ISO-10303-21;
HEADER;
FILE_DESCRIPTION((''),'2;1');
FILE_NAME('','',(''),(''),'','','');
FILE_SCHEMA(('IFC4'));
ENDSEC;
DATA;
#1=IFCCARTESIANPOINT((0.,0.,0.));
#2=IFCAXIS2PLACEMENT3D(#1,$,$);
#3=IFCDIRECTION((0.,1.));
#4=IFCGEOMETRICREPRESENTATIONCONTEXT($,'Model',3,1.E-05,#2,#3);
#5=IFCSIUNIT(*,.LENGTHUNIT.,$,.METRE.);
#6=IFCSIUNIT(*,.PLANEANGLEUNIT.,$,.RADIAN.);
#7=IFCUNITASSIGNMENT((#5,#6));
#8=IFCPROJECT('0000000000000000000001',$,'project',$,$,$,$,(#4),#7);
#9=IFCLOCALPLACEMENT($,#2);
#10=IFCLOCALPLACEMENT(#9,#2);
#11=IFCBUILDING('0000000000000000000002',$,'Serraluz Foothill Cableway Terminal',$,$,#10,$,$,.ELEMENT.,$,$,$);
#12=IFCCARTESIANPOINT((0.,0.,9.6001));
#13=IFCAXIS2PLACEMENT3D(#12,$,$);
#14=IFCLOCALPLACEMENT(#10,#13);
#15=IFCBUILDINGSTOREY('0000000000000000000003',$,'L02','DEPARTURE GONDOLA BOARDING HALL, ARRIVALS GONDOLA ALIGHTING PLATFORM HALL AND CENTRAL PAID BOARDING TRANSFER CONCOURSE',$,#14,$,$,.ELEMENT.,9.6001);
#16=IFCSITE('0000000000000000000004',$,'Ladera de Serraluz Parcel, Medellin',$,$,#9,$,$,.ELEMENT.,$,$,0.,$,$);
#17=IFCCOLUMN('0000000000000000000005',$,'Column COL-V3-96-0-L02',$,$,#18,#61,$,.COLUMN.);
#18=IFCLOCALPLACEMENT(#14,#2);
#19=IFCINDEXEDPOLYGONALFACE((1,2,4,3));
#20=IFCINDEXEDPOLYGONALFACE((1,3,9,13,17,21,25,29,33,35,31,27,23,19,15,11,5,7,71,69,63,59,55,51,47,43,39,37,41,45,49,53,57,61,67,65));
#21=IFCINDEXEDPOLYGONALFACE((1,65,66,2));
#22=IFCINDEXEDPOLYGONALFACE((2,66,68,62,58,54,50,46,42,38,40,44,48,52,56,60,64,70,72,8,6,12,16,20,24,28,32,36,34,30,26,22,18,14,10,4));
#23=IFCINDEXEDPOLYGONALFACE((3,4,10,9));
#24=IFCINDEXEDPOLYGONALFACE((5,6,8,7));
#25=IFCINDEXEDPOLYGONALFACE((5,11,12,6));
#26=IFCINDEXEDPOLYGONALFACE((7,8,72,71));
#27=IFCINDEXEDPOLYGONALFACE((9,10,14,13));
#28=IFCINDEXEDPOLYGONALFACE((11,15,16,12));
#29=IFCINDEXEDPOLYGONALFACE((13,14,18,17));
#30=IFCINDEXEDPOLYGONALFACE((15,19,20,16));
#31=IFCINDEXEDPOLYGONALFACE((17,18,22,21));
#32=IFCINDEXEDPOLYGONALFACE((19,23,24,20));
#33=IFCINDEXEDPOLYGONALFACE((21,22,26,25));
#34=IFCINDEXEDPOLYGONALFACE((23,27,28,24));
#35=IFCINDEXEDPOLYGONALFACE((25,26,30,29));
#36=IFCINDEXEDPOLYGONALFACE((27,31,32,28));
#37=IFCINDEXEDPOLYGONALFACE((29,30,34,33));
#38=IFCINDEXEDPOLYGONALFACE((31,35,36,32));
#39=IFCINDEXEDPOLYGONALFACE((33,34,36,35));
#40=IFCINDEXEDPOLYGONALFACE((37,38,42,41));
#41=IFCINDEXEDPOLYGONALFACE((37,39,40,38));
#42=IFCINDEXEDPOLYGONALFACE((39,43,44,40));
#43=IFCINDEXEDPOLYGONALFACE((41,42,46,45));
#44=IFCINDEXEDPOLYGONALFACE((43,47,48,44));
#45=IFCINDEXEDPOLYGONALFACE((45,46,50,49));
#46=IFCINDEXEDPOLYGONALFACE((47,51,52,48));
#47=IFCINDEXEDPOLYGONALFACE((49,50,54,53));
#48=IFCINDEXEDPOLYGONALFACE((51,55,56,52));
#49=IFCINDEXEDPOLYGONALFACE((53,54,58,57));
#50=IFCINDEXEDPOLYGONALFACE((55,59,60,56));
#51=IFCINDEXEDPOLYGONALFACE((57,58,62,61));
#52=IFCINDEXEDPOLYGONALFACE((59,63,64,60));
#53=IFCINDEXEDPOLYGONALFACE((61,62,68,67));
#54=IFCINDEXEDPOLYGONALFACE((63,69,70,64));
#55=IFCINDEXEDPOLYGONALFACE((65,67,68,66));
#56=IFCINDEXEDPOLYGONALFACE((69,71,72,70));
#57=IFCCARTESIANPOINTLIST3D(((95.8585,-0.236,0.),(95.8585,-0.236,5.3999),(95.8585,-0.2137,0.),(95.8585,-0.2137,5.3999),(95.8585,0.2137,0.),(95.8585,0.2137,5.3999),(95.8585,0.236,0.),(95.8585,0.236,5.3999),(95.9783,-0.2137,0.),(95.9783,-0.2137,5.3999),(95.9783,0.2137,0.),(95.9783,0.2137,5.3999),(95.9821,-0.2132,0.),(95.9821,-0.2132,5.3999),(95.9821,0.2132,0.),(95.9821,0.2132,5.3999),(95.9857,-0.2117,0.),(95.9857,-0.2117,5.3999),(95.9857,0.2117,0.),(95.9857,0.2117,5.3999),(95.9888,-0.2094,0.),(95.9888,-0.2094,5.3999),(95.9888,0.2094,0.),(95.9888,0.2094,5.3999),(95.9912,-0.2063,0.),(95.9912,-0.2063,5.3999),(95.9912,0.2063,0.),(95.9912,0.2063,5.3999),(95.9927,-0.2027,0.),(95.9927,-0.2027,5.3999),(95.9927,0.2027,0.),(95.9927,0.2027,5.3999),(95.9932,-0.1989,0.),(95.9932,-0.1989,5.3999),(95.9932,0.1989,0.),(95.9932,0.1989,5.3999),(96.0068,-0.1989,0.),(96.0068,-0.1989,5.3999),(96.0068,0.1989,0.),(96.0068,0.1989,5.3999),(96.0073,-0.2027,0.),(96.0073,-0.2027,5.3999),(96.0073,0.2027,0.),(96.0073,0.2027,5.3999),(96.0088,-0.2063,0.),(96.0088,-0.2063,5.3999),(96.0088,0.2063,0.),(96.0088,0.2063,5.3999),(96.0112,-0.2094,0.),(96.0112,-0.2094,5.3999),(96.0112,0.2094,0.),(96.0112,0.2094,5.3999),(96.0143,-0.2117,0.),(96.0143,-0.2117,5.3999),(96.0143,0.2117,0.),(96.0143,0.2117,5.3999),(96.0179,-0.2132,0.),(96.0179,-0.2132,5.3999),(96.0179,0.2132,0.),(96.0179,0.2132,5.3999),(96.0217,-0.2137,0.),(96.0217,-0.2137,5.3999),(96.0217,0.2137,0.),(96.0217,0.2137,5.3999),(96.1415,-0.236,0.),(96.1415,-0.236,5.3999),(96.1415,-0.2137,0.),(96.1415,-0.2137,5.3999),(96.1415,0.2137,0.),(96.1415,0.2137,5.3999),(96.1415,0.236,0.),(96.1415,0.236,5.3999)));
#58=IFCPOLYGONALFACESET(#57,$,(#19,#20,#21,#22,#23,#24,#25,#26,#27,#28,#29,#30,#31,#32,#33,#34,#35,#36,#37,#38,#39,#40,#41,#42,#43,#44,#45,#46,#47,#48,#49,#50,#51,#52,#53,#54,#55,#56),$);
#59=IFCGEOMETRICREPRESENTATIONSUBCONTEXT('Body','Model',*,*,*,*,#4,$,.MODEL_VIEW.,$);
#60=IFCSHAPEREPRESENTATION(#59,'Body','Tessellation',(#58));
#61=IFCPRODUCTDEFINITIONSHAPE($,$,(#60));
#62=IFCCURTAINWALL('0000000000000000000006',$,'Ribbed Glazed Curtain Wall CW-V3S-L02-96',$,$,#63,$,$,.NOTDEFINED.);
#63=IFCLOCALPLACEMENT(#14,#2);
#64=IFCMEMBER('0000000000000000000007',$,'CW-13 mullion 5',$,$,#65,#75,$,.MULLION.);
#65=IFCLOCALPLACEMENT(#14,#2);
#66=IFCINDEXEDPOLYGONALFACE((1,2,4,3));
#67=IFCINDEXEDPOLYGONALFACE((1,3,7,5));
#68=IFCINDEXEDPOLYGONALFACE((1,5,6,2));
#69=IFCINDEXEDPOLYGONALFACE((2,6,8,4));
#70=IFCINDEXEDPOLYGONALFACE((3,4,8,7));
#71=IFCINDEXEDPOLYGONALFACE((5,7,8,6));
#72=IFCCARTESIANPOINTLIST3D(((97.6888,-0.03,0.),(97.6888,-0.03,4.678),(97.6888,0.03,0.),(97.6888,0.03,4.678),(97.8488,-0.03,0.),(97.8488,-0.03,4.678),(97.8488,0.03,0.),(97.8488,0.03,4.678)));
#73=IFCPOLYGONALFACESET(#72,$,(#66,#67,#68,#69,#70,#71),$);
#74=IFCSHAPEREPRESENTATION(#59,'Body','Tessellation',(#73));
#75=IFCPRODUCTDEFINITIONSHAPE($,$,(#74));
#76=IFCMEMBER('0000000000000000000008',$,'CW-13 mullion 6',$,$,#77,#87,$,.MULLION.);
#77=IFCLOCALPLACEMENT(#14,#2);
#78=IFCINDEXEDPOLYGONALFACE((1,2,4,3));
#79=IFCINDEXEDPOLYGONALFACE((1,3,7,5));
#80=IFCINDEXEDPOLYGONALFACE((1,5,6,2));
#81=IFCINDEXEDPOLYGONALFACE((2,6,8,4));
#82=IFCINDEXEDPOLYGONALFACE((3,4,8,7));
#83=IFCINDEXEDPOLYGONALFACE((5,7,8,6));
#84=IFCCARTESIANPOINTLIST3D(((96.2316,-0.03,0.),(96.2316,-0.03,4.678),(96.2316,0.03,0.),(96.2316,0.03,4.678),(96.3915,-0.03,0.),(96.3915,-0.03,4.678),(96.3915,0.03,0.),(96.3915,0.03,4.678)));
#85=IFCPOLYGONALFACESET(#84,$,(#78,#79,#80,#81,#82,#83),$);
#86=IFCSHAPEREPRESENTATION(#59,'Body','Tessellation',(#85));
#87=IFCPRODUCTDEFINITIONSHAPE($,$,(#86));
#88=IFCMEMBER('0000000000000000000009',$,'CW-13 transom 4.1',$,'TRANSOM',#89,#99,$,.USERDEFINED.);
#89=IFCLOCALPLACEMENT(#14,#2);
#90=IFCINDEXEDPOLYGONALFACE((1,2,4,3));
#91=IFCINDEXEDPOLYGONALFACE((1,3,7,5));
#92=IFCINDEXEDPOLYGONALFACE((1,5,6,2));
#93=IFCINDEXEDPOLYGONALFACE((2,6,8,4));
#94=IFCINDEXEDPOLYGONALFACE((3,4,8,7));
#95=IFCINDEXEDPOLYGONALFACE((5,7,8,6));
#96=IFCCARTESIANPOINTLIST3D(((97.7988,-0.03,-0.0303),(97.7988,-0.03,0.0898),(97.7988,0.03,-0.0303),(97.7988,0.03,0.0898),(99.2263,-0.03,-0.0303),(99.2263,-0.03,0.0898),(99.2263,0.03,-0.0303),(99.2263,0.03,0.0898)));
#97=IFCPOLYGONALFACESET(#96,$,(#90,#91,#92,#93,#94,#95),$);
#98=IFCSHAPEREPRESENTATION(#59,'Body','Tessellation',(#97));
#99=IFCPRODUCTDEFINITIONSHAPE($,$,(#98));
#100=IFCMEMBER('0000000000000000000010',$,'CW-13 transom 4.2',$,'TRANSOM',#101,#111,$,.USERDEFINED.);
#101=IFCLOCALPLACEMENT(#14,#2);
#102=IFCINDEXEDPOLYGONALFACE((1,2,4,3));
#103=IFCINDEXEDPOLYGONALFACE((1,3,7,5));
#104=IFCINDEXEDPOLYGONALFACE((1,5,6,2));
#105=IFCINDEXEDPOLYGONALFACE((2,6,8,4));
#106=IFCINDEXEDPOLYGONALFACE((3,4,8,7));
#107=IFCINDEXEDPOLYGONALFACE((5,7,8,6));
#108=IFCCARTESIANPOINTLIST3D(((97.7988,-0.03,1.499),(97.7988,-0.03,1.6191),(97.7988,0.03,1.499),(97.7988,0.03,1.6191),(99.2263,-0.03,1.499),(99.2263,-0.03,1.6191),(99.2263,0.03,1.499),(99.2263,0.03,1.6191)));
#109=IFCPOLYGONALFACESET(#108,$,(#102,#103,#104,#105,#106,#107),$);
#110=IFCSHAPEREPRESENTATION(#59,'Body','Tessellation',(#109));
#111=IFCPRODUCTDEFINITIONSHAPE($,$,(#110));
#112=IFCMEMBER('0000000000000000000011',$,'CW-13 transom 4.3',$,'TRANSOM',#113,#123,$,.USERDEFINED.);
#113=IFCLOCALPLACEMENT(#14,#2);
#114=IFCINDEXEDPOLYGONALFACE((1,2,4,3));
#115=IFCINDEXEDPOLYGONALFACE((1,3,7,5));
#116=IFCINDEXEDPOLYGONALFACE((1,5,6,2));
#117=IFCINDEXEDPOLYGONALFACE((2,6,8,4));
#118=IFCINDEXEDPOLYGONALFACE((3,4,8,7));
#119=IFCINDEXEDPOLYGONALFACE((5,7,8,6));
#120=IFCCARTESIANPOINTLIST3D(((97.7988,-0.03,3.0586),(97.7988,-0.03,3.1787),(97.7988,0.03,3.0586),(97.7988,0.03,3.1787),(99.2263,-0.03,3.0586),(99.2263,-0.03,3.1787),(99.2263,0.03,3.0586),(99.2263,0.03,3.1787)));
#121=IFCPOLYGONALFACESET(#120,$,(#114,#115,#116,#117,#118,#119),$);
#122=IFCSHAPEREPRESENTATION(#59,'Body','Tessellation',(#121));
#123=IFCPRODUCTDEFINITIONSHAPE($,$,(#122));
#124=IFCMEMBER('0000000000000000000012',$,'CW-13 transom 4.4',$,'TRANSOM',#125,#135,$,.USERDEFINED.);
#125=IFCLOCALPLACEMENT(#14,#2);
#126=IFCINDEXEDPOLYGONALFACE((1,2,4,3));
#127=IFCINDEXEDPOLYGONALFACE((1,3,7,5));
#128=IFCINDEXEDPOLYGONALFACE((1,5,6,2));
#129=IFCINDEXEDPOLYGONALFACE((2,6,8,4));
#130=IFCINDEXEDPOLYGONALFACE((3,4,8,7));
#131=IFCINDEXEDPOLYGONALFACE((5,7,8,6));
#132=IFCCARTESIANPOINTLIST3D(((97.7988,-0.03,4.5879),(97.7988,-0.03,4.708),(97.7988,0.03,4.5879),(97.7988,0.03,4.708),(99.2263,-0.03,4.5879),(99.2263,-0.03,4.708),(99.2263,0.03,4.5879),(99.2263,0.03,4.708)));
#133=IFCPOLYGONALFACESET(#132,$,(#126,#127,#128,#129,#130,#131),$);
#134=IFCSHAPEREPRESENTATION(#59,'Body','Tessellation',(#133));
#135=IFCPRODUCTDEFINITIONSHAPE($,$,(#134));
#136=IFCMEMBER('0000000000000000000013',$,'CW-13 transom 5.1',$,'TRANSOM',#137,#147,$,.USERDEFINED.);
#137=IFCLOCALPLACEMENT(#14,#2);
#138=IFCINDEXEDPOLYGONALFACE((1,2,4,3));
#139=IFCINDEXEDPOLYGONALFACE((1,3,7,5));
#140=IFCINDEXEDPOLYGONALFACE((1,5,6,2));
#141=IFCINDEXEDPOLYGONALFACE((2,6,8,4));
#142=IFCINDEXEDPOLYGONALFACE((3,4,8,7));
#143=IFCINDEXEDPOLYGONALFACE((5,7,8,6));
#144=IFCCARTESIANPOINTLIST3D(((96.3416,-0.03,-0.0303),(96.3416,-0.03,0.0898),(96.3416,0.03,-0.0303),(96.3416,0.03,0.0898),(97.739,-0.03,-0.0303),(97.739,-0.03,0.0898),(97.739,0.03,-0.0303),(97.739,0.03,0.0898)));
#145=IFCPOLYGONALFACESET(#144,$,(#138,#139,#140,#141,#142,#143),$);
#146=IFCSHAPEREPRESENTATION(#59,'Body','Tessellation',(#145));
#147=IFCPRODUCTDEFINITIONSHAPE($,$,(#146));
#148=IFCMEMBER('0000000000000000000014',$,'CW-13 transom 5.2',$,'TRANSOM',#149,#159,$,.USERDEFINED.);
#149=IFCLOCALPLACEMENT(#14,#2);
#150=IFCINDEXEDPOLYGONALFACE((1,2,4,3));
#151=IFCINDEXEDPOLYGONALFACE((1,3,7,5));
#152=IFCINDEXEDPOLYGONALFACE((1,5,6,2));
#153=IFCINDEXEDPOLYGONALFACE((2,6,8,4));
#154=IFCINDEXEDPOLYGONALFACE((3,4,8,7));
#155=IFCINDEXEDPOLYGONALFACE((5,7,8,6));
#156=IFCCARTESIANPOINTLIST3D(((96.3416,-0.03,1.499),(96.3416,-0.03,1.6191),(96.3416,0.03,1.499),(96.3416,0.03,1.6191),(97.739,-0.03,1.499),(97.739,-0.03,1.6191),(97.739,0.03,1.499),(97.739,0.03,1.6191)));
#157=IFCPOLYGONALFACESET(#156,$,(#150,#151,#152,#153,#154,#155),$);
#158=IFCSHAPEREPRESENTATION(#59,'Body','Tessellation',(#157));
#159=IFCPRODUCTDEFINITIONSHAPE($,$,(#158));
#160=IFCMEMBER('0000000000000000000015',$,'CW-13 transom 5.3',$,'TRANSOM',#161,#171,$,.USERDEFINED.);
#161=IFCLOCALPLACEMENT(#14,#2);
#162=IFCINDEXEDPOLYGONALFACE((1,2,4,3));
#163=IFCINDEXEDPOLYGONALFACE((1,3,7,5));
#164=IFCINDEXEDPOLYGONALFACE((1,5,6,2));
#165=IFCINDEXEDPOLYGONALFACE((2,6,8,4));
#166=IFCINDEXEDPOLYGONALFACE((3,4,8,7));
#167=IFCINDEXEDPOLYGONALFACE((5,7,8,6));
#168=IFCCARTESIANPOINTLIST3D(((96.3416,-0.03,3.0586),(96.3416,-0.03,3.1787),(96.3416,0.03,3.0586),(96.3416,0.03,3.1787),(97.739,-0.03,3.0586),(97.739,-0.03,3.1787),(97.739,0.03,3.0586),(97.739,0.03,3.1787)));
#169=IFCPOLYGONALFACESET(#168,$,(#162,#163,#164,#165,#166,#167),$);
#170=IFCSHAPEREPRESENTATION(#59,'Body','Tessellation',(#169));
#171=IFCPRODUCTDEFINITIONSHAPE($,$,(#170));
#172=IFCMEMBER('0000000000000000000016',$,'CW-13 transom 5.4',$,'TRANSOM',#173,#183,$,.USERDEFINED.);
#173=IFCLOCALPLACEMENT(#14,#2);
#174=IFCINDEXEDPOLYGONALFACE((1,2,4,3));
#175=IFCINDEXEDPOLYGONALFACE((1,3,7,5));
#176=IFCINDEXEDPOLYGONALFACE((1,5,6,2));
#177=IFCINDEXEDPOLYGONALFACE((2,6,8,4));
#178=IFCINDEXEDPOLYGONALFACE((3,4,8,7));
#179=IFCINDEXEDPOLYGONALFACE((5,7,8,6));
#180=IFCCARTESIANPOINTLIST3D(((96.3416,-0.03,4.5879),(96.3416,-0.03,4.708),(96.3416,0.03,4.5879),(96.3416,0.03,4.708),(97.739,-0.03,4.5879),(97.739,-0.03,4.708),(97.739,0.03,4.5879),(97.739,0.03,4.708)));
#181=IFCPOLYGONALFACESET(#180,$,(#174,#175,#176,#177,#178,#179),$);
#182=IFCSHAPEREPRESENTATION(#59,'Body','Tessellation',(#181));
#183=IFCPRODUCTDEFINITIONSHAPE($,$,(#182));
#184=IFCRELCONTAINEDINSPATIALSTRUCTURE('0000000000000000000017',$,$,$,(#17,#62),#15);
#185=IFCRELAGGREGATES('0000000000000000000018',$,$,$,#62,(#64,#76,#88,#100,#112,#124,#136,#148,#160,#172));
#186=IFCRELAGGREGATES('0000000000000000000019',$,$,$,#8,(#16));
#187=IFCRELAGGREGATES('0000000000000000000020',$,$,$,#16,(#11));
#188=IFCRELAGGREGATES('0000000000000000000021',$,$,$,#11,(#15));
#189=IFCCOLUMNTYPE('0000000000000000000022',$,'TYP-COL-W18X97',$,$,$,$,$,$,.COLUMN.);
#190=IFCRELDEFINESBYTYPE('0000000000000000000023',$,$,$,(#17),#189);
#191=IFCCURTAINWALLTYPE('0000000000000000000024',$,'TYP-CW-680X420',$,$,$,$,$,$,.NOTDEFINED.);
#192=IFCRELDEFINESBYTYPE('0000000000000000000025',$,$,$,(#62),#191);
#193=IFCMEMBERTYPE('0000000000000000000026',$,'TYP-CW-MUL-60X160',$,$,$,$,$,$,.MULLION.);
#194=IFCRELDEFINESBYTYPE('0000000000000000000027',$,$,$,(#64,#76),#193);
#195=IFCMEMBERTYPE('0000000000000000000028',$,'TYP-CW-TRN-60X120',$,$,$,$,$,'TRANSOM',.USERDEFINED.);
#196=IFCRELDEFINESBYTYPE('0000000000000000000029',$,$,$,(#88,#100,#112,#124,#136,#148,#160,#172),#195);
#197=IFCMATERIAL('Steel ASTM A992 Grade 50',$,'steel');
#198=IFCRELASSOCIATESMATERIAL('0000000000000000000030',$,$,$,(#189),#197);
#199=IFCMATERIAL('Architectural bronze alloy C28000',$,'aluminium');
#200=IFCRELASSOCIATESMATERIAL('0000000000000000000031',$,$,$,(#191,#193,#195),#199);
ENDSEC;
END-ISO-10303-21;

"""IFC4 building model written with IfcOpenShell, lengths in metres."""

from ifc_helpers import new_model, si_unit, direction, frame, origin, origin_2d, place, context, subcontext, project, spatial, rectangle, i_section, extrude, material, material_profile, profile_set, type_object, element, aggregate, save


model = new_model("IFC4")

# Units and contexts
model_context = context("Model", 3, precision=1e-05, world=origin(), true_north=direction((0.0, 1.0)))
body_context = subcontext(model_context, "Body", "Model", "MODEL_VIEW")
ifc_project = project(units=[si_unit("LENGTHUNIT", "METRE"), si_unit("PLANEANGLEUNIT", "RADIAN")], contexts=[model_context])

# Site, building, storey
site_placement = place(None, origin())
site = spatial("IfcSite", under=ifc_project, at=site_placement, Name="Ladera de Serraluz Parcel, Medellin", CompositionType="ELEMENT", RefElevation=0.0)
building_placement = place(site_placement, origin())
building = spatial("IfcBuilding", under=site, at=building_placement, Name="Serraluz Foothill Cableway Terminal", CompositionType="ELEMENT")
storey_placement = place(building_placement, frame((0.0, 0.0, 9.6001)))
storey = spatial("IfcBuildingStorey", under=building, at=storey_placement, Name="L02", Description="DEPARTURE GONDOLA BOARDING HALL, ARRIVALS GONDOLA ALIGHTING PLATFORM HALL AND CENTRAL PAID BOARDING TRANSFER CONCOURSE", CompositionType="ELEMENT", Elevation=9.6001)

# Column
ifc_material_1 = material(Name="Steel ASTM A992 Grade 50", Category="steel")
ifc_material_profile_1 = material_profile(ifc_material_1, i_section(OverallWidth=0.283, OverallDepth=0.4719, WebThickness=0.0137, FlangeThickness=0.0222, FilletRadius=0.0149, at=origin_2d()), Name="W18X97")
ifc_profile_set_1 = profile_set([ifc_material_profile_1], Name="Steel ASTM A992 Grade 50")
column_type = type_object("IfcColumnType", Name="TYP-COL-W18X97", PredefinedType="COLUMN", material=ifc_profile_set_1)
column_placement = place(storey_placement, frame((96.0, 0.0, 0.0), z_axis=(0.0, 0.0, 1.0), x_axis=(1.0, 0.0, 0.0)))
element("IfcColumn", 1, at=column_placement, inside=storey, type_object=column_type, Name="Column COL-V3-96-0-L02", PredefinedType="COLUMN", context=body_context, shape_type="SweptSolid", body=[
    extrude(i_section(OverallWidth=0.283, OverallDepth=0.4719, WebThickness=0.0137, FlangeThickness=0.0222, FilletRadius=0.0149, at=origin_2d()), origin(), (0.0, 0.0, 1.0), 5.3999),
])

# Curtain wall, members
ifc_material_2 = material(Name="Architectural bronze alloy C28000", Category="aluminium")
curtain_wall_type = type_object("IfcCurtainWallType", Name="TYP-CW-680X420", PredefinedType="NOTDEFINED", material=ifc_material_2)
curtain_wall_placement = place(storey_placement, origin())
curtain_wall = element("IfcCurtainWall", 2, at=curtain_wall_placement, inside=storey, type_object=curtain_wall_type, Name="Ribbed Glazed Curtain Wall CW-V3S-L02-96", PredefinedType="NOTDEFINED")
ifc_material_profile_2 = material_profile(ifc_material_2, rectangle(XDim=0.0601, YDim=0.1599, at=origin_2d()), Name="ALU MULLION 60x160")
ifc_profile_set_2 = profile_set([ifc_material_profile_2], Name="Architectural bronze alloy C28000")
member_type_1 = type_object("IfcMemberType", Name="TYP-CW-MUL-60X160", PredefinedType="MULLION", material=ifc_profile_set_2)
member_1_placement = place(storey_placement, frame((97.7688, 0.0, 0.0), z_axis=(0.0, 0.0, 1.0), x_axis=(0.0, -1.0, 0.0)))
member_1 = element("IfcMember", 3, at=member_1_placement, type_object=member_type_1, Name="CW-13 mullion 5", PredefinedType="MULLION", context=body_context, shape_type="SweptSolid", body=[
    extrude(rectangle(XDim=0.0601, YDim=0.1599, at=origin_2d()), origin(), (0.0, 0.0, 1.0), 4.678),
])
member_2_placement = place(storey_placement, frame((96.3115, 0.0, 0.0), z_axis=(0.0, 0.0, 1.0), x_axis=(0.0, -1.0, 0.0)))
member_2 = element("IfcMember", 4, at=member_2_placement, type_object=member_type_1, Name="CW-13 mullion 6", PredefinedType="MULLION", context=body_context, shape_type="SweptSolid", body=[
    extrude(rectangle(XDim=0.0601, YDim=0.1599, at=origin_2d()), origin(), (0.0, 0.0, 1.0), 4.678),
])
ifc_material_profile_3 = material_profile(ifc_material_2, rectangle(XDim=0.0601, YDim=0.1201, at=origin_2d()), Name="ALU TRANSOM 60x120")
ifc_profile_set_3 = profile_set([ifc_material_profile_3], Name="Architectural bronze alloy C28000")
member_type_2 = type_object("IfcMemberType", Name="TYP-CW-TRN-60X120", ElementType="TRANSOM", PredefinedType="USERDEFINED", material=ifc_profile_set_3)
member_3_placement = place(storey_placement, frame((99.2263, 0.0, 0.0298), z_axis=(-1.0, 0.0, 0.0), x_axis=(0.0, -1.0, 0.0)))
member_3 = element("IfcMember", 5, at=member_3_placement, type_object=member_type_2, Name="CW-13 transom 4.1", ObjectType="TRANSOM", PredefinedType="USERDEFINED", context=body_context, shape_type="SweptSolid", body=[
    extrude(rectangle(XDim=0.0601, YDim=0.1201, at=origin_2d()), origin(), (0.0, 0.0, 1.0), 1.4275),
])
member_4_placement = place(storey_placement, frame((99.2263, 0.0, 1.5591), z_axis=(-1.0, 0.0, 0.0), x_axis=(0.0, -1.0, 0.0)))
member_4 = element("IfcMember", 6, at=member_4_placement, type_object=member_type_2, Name="CW-13 transom 4.2", ObjectType="TRANSOM", PredefinedType="USERDEFINED", context=body_context, shape_type="SweptSolid", body=[
    extrude(rectangle(XDim=0.0601, YDim=0.1201, at=origin_2d()), origin(), (0.0, 0.0, 1.0), 1.4275),
])
member_5_placement = place(storey_placement, frame((99.2263, 0.0, 3.1187), z_axis=(-1.0, 0.0, 0.0), x_axis=(0.0, -1.0, 0.0)))
member_5 = element("IfcMember", 7, at=member_5_placement, type_object=member_type_2, Name="CW-13 transom 4.3", ObjectType="TRANSOM", PredefinedType="USERDEFINED", context=body_context, shape_type="SweptSolid", body=[
    extrude(rectangle(XDim=0.0601, YDim=0.1201, at=origin_2d()), origin(), (0.0, 0.0, 1.0), 1.4275),
])
member_6_placement = place(storey_placement, frame((99.2263, 0.0, 4.6479), z_axis=(-1.0, 0.0, 0.0), x_axis=(0.0, -1.0, 0.0)))
member_6 = element("IfcMember", 8, at=member_6_placement, type_object=member_type_2, Name="CW-13 transom 4.4", ObjectType="TRANSOM", PredefinedType="USERDEFINED", context=body_context, shape_type="SweptSolid", body=[
    extrude(rectangle(XDim=0.0601, YDim=0.1201, at=origin_2d()), origin(), (0.0, 0.0, 1.0), 1.4275),
])
member_7_placement = place(storey_placement, frame((97.739, 0.0, 0.0298), z_axis=(-1.0, 0.0, 0.0), x_axis=(0.0, -1.0, 0.0)))
member_7 = element("IfcMember", 9, at=member_7_placement, type_object=member_type_2, Name="CW-13 transom 5.1", ObjectType="TRANSOM", PredefinedType="USERDEFINED", context=body_context, shape_type="SweptSolid", body=[
    extrude(rectangle(XDim=0.0601, YDim=0.1201, at=origin_2d()), origin(), (0.0, 0.0, 1.0), 1.3975),
])
member_8_placement = place(storey_placement, frame((97.739, 0.0, 1.5591), z_axis=(-1.0, 0.0, 0.0), x_axis=(0.0, -1.0, 0.0)))
member_8 = element("IfcMember", 10, at=member_8_placement, type_object=member_type_2, Name="CW-13 transom 5.2", ObjectType="TRANSOM", PredefinedType="USERDEFINED", context=body_context, shape_type="SweptSolid", body=[
    extrude(rectangle(XDim=0.0601, YDim=0.1201, at=origin_2d()), origin(), (0.0, 0.0, 1.0), 1.3975),
])
member_9_placement = place(storey_placement, frame((97.739, 0.0, 3.1187), z_axis=(-1.0, 0.0, 0.0), x_axis=(0.0, -1.0, 0.0)))
member_9 = element("IfcMember", 11, at=member_9_placement, type_object=member_type_2, Name="CW-13 transom 5.3", ObjectType="TRANSOM", PredefinedType="USERDEFINED", context=body_context, shape_type="SweptSolid", body=[
    extrude(rectangle(XDim=0.0601, YDim=0.1201, at=origin_2d()), origin(), (0.0, 0.0, 1.0), 1.3975),
])
member_10_placement = place(storey_placement, frame((97.739, 0.0, 4.6479), z_axis=(-1.0, 0.0, 0.0), x_axis=(0.0, -1.0, 0.0)))
member_10 = element("IfcMember", 12, at=member_10_placement, type_object=member_type_2, Name="CW-13 transom 5.4", ObjectType="TRANSOM", PredefinedType="USERDEFINED", context=body_context, shape_type="SweptSolid", body=[
    extrude(rectangle(XDim=0.0601, YDim=0.1201, at=origin_2d()), origin(), (0.0, 0.0, 1.0), 1.3975),
])

aggregate(curtain_wall, [member_1, member_2, member_3, member_4, member_5, member_6, member_7, member_8, member_9, member_10])

save(model, "model.ifc")
